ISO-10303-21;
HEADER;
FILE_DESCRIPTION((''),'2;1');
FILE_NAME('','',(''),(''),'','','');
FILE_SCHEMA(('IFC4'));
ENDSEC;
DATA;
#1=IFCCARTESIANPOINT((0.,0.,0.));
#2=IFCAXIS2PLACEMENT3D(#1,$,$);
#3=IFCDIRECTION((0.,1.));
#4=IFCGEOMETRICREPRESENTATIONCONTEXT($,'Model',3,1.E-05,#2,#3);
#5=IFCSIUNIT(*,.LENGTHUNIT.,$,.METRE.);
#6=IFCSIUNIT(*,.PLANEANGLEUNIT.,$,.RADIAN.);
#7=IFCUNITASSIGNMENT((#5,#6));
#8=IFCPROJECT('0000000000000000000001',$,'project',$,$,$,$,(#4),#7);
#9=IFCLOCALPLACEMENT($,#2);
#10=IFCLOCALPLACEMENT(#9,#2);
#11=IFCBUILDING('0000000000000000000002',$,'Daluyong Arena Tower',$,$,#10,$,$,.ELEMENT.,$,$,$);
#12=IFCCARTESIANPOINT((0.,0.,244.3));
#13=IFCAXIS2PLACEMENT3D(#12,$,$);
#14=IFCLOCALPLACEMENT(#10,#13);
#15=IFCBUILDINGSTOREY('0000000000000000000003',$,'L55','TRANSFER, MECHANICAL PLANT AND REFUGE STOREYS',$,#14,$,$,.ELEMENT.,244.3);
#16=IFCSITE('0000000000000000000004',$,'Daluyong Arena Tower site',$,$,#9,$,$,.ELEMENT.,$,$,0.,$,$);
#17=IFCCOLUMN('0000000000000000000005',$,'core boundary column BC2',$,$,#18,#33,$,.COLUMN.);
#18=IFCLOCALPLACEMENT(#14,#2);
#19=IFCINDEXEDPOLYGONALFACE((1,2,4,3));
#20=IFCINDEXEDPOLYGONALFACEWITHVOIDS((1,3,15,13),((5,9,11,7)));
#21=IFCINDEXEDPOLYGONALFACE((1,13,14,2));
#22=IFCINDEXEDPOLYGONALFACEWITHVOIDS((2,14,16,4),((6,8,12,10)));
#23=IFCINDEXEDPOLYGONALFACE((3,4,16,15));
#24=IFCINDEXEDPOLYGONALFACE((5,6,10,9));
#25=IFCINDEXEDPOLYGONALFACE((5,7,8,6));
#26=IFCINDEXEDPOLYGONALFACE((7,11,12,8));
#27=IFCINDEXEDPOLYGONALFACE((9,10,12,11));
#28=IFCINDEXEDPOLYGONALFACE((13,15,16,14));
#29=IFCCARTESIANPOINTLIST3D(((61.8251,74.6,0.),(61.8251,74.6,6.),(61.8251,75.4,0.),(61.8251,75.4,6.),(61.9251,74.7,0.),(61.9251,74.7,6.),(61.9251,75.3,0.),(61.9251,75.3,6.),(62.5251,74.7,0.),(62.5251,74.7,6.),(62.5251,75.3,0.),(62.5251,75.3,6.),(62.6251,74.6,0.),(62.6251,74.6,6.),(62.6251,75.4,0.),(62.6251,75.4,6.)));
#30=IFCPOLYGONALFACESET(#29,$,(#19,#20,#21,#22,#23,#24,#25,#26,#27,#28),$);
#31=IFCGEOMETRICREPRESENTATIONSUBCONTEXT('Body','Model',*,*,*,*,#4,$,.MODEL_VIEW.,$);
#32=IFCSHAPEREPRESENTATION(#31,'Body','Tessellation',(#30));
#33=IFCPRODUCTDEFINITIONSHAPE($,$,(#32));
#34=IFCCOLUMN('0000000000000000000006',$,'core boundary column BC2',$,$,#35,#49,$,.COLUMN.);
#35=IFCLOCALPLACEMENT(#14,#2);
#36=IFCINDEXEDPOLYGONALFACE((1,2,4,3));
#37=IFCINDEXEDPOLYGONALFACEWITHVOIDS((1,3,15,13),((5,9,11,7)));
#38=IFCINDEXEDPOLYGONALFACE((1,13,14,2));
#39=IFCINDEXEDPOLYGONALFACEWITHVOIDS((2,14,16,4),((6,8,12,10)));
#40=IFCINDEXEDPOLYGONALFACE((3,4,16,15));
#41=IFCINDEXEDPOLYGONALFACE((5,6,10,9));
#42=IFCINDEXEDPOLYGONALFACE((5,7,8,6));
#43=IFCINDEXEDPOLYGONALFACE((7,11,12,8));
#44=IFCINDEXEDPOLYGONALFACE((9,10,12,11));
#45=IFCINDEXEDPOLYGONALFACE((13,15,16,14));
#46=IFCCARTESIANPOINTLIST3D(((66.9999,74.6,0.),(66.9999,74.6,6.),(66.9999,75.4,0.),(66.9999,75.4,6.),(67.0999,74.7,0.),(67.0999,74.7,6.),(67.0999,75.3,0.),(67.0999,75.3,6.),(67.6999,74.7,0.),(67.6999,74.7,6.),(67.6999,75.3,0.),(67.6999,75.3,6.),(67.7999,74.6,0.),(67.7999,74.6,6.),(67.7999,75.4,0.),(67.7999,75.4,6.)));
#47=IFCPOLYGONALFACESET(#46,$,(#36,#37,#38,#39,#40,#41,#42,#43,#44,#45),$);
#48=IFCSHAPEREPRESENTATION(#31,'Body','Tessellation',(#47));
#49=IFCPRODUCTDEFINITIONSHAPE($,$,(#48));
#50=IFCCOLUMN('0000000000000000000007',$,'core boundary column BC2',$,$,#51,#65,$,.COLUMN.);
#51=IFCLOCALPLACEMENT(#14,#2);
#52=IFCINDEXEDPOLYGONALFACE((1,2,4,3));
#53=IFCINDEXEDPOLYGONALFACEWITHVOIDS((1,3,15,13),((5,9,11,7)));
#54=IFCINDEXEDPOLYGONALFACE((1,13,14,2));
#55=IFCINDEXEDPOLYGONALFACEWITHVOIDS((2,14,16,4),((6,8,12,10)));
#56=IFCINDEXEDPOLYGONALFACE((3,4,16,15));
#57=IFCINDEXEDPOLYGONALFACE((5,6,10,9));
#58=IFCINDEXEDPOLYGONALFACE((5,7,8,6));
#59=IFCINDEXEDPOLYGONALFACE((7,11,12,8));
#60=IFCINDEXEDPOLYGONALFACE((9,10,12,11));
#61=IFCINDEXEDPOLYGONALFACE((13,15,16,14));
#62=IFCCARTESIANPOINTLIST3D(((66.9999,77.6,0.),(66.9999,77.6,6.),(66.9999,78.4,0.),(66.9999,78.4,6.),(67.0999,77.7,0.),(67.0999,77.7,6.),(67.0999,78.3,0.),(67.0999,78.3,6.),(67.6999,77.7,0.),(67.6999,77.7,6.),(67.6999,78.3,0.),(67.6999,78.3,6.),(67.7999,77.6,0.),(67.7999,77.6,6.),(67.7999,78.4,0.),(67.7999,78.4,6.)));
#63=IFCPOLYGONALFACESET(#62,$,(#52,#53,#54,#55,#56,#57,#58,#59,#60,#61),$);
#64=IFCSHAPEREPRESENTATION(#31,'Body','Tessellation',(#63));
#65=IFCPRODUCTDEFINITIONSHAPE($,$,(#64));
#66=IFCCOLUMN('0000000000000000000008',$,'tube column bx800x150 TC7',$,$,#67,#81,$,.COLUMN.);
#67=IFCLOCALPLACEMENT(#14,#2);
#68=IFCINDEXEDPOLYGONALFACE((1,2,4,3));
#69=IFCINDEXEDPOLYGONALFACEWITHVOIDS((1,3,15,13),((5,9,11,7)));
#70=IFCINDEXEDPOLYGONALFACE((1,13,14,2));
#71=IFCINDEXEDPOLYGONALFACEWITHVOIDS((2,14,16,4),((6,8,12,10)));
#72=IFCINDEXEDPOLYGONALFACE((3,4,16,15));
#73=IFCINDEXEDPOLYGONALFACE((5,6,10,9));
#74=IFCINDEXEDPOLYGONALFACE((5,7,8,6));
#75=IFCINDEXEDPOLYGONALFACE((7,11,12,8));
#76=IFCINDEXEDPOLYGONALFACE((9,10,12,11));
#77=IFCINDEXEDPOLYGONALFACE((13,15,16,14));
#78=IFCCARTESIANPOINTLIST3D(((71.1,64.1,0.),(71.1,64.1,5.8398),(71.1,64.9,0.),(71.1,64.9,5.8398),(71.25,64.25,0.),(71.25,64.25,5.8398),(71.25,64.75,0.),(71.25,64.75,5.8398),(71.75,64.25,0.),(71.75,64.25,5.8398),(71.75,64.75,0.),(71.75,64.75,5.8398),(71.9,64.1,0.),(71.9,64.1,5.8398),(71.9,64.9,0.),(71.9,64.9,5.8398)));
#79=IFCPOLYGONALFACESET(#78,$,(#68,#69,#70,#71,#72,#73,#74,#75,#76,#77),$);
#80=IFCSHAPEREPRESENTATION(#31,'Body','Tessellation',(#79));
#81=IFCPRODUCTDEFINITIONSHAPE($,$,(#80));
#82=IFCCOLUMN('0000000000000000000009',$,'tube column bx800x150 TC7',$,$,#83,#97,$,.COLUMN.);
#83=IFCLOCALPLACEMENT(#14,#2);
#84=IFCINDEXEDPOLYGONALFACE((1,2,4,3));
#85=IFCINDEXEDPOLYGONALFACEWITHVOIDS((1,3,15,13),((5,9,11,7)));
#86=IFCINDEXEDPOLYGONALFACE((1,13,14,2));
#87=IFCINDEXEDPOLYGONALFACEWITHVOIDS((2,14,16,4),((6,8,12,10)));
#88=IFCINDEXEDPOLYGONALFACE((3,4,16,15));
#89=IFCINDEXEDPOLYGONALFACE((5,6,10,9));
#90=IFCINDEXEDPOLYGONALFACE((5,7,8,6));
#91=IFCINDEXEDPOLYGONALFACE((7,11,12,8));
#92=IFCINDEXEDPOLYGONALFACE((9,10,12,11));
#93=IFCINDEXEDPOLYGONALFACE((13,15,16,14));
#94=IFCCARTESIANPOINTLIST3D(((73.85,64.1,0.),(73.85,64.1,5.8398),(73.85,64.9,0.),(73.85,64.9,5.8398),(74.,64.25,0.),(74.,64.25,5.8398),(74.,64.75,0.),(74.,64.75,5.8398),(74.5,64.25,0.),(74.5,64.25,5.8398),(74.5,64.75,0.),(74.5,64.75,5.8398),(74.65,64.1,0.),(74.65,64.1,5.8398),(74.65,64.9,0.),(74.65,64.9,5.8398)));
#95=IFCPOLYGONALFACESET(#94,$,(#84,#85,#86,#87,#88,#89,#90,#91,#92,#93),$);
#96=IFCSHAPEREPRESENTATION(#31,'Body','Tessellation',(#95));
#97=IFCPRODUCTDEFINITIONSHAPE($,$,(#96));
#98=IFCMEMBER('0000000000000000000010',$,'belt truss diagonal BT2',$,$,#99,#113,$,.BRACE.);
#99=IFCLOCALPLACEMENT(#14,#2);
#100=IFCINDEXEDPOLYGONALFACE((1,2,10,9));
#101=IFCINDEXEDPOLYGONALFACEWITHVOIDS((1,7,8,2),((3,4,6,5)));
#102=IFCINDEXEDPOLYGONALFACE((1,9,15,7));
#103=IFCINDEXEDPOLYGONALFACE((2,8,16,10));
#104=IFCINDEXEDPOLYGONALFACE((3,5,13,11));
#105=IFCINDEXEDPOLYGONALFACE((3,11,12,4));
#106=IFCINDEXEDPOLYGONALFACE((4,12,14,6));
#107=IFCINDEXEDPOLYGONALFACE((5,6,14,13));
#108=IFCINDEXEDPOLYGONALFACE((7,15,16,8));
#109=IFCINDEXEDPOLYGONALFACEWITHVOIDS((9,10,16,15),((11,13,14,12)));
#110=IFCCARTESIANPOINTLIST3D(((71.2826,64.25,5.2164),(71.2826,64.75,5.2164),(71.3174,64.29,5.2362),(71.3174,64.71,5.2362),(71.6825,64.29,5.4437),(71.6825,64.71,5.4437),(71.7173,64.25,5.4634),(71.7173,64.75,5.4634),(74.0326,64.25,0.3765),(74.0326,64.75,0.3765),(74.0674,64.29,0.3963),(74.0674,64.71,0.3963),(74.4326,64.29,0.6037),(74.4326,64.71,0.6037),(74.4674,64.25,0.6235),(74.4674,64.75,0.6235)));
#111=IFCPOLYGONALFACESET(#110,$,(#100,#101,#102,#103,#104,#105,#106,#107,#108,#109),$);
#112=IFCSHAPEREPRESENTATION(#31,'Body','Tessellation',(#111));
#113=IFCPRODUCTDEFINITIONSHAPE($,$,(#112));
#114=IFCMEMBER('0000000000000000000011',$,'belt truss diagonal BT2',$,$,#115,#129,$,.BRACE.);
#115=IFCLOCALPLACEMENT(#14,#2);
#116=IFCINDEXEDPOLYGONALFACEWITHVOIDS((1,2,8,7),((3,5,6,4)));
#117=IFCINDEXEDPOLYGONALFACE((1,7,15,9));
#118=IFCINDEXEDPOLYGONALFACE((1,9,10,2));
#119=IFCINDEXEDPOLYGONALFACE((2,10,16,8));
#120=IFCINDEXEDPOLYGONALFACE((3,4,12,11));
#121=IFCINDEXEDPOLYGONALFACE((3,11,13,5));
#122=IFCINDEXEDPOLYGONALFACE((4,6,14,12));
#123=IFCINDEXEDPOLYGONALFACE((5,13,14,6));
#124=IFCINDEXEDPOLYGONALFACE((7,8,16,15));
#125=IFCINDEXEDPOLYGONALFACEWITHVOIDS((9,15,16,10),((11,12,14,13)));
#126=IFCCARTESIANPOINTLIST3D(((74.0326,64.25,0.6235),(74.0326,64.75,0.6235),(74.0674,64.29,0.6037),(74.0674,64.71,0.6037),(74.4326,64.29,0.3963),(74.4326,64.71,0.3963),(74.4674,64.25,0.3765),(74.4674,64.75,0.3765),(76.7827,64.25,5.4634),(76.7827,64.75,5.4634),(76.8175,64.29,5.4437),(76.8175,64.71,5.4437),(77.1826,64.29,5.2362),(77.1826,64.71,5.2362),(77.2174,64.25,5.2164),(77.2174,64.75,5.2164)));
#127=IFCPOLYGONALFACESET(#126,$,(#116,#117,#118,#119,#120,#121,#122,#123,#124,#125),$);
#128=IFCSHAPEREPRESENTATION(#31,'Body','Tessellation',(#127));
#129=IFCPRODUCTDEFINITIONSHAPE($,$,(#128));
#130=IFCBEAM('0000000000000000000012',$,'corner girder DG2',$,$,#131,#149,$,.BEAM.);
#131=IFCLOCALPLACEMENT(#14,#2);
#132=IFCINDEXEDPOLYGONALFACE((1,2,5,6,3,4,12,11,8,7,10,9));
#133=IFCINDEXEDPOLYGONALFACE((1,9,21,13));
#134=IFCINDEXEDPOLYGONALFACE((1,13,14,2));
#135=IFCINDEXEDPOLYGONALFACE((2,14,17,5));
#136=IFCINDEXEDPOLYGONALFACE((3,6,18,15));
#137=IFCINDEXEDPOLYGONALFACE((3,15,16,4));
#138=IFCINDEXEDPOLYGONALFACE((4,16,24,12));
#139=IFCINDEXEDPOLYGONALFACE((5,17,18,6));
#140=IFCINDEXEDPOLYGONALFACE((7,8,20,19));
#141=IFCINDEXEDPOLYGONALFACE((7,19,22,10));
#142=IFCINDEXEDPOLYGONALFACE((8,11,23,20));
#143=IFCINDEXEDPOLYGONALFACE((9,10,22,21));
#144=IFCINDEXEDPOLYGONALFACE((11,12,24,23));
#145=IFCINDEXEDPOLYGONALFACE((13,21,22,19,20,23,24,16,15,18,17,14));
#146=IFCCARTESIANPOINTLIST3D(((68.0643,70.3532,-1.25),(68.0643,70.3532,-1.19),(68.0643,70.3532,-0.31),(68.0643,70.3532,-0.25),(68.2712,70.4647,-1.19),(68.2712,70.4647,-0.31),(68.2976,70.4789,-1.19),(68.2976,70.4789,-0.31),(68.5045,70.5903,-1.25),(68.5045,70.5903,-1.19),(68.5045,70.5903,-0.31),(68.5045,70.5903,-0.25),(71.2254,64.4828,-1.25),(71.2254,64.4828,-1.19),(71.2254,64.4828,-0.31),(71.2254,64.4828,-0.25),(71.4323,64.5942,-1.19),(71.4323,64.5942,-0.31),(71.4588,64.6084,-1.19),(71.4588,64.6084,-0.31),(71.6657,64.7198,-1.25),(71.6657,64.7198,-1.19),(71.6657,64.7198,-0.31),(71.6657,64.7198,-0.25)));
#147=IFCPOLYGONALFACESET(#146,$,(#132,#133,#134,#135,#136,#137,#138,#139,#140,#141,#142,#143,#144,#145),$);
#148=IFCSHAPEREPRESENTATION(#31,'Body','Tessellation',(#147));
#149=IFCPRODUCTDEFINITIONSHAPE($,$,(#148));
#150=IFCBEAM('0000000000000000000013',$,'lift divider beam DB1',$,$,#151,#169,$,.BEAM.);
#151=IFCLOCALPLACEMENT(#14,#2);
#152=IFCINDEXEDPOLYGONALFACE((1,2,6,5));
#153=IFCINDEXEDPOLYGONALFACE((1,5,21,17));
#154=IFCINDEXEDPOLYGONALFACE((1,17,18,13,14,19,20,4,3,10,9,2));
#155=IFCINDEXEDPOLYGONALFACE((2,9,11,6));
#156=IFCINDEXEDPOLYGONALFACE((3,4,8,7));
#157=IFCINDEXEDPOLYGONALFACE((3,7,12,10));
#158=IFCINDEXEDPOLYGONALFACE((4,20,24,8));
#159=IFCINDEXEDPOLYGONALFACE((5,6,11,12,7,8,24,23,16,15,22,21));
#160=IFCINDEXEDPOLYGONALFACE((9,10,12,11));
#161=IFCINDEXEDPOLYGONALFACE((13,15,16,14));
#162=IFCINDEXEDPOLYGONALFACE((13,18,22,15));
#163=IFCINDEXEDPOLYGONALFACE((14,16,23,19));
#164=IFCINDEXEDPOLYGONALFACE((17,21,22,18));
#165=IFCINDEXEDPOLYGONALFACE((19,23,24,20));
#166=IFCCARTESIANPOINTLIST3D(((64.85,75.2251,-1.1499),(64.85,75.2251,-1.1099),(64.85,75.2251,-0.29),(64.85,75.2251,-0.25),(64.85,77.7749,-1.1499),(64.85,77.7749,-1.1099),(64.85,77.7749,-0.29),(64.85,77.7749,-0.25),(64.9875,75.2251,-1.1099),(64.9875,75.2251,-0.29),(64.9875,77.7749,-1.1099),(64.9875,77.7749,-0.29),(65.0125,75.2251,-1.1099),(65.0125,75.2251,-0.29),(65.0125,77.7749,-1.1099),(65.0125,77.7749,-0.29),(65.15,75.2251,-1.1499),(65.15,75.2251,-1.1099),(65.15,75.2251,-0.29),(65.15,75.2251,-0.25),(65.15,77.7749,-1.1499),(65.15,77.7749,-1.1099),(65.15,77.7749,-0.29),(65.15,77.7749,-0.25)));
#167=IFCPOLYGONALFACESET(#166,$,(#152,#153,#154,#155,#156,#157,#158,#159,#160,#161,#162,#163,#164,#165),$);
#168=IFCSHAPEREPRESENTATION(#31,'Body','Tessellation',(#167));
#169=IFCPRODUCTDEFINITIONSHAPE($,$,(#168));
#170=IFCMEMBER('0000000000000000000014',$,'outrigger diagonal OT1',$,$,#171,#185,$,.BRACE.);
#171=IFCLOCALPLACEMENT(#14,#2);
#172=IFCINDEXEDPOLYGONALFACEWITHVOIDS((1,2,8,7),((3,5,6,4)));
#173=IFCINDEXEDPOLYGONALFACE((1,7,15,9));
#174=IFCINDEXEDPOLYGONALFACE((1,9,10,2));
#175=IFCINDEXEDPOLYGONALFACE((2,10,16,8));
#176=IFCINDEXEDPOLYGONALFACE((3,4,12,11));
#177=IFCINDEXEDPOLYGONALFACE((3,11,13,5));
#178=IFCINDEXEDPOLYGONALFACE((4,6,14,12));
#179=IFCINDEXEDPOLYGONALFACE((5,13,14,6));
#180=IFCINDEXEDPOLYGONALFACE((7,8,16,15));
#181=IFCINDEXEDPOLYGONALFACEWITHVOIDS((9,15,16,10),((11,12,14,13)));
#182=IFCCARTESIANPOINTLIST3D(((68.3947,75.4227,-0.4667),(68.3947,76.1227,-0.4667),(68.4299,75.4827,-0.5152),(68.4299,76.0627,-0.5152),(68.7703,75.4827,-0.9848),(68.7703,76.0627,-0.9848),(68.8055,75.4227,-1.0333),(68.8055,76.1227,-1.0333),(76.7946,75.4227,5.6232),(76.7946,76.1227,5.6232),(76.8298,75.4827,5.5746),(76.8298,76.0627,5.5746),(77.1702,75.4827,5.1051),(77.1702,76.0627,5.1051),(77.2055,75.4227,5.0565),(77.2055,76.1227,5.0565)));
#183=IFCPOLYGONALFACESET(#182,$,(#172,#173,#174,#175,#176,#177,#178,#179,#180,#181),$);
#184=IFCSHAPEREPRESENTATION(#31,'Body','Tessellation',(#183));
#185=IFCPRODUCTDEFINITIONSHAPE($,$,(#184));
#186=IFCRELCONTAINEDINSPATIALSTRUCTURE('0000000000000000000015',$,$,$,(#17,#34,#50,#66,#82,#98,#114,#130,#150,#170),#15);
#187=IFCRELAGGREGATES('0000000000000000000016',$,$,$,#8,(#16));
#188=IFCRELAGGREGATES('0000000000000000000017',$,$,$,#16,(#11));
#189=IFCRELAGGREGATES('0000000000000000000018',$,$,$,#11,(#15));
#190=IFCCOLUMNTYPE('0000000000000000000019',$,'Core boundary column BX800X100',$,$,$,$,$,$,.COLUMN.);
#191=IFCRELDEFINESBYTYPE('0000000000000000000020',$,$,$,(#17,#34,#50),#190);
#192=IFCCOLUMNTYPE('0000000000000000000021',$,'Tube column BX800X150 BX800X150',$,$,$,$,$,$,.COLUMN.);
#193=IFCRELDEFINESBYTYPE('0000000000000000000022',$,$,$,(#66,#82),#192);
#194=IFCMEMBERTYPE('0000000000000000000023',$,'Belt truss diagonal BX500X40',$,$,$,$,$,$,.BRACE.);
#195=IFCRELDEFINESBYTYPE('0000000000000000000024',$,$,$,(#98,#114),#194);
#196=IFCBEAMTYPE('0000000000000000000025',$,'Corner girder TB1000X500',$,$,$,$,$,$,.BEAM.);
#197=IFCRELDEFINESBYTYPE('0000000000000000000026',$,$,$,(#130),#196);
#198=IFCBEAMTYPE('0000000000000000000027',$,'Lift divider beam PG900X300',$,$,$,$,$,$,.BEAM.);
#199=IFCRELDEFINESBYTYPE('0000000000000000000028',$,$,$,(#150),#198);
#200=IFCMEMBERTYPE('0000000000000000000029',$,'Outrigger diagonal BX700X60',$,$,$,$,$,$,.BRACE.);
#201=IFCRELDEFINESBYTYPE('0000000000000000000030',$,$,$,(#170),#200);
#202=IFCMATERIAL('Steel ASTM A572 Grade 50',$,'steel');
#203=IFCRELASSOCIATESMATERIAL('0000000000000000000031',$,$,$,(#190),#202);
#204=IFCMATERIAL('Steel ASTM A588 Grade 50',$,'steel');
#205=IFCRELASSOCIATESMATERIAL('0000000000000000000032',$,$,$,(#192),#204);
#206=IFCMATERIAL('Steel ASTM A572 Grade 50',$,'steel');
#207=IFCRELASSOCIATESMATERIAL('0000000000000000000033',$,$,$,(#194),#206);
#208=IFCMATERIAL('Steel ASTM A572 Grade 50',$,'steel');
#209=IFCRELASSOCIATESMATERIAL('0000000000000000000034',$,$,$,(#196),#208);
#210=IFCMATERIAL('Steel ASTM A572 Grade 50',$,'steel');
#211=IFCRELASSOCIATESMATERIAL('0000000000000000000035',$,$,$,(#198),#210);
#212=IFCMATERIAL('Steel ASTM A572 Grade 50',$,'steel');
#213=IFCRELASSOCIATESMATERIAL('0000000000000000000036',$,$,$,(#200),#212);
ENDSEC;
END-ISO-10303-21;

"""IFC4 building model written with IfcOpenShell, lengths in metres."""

from ifc_helpers import new_model, si_unit, direction, frame, origin, origin_2d, place, context, subcontext, project, spatial, hollow_rectangle, i_section, extrude, material, material_profile, profile_set, type_object, element, save


model = new_model("IFC4")

# Units and contexts
model_context = context("Model", 3, precision=1e-05, world=origin(), true_north=direction((0.0, 1.0)))
body_context = subcontext(model_context, "Body", "Model", "MODEL_VIEW")
ifc_project = project(units=[si_unit("LENGTHUNIT", "METRE"), si_unit("PLANEANGLEUNIT", "RADIAN")], contexts=[model_context])

# Site, building, storey
site_placement = place(None, origin())
site = spatial("IfcSite", under=ifc_project, at=site_placement, Name="Daluyong Arena Tower site", CompositionType="ELEMENT", RefElevation=0.0)
building_placement = place(site_placement, origin())
building = spatial("IfcBuilding", under=site, at=building_placement, Name="Daluyong Arena Tower", CompositionType="ELEMENT")
storey_placement = place(building_placement, frame((0.0, 0.0, 244.3)))
storey = spatial("IfcBuildingStorey", under=building, at=storey_placement, Name="L55", Description="TRANSFER, MECHANICAL PLANT AND REFUGE STOREYS", CompositionType="ELEMENT", Elevation=244.3)

# Columns
ifc_material_1 = material(Name="Steel ASTM A572 Grade 50", Category="steel")
ifc_material_profile_1 = material_profile(ifc_material_1, hollow_rectangle(XDim=0.8, YDim=0.8, WallThickness=0.1, at=origin_2d()))
ifc_profile_set_1 = profile_set([ifc_material_profile_1], Name="Steel ASTM A572 Grade 50")
column_type_1 = type_object("IfcColumnType", Name="Core boundary column BX800X100", PredefinedType="COLUMN", material=ifc_profile_set_1)
for number, where, z_axis, x_axis, name in (
    (1, (62.2251, 75.0, 0.0), (0.0, 0.0, 1.0), (1.0, 0.0, 0.0), "core boundary column BC2"),
    (2, (67.3999, 75.0, 0.0), (0.0, 0.0, 1.0), (1.0, 0.0, 0.0), "core boundary column BC2"),
    (3, (67.3999, 78.0, 0.0), (0.0, 0.0, 1.0), (1.0, 0.0, 0.0), "core boundary column BC2"),
):
    element("IfcColumn", number, at=place(storey_placement, frame(where, z_axis=z_axis, x_axis=x_axis)), inside=storey, type_object=column_type_1, Name=name, PredefinedType="COLUMN", context=body_context, shape_type="SweptSolid", body=[
        extrude(hollow_rectangle(XDim=0.8, YDim=0.8, WallThickness=0.1, at=origin_2d()), origin(), (0.0, 0.0, 1.0), 6.0),
    ])
ifc_material_2 = material(Name="Steel ASTM A588 Grade 50", Category="steel")
ifc_material_profile_2 = material_profile(ifc_material_2, hollow_rectangle(XDim=0.8, YDim=0.8, WallThickness=0.15, at=origin_2d()))
ifc_profile_set_2 = profile_set([ifc_material_profile_2], Name="Steel ASTM A588 Grade 50")
column_type_2 = type_object("IfcColumnType", Name="Tube column BX800X150 BX800X150", PredefinedType="COLUMN", material=ifc_profile_set_2)
for number, where, z_axis, x_axis, name in (
    (4, (71.5, 64.5, 0.0), (0.0, 0.0, 1.0), (1.0, 0.0, 0.0), "tube column bx800x150 TC7"),
    (5, (74.25, 64.5, 0.0), (0.0, 0.0, 1.0), (1.0, 0.0, 0.0), "tube column bx800x150 TC7"),
):
    element("IfcColumn", number, at=place(storey_placement, frame(where, z_axis=z_axis, x_axis=x_axis)), inside=storey, type_object=column_type_2, Name=name, PredefinedType="COLUMN", context=body_context, shape_type="SweptSolid", body=[
        extrude(hollow_rectangle(XDim=0.8, YDim=0.8, WallThickness=0.15, at=origin_2d()), origin(), (0.0, 0.0, 1.0), 5.8398),
    ])

# Members
ifc_material_3 = material(Name="Steel ASTM A572 Grade 50", Category="steel")
ifc_material_profile_3 = material_profile(ifc_material_3, hollow_rectangle(XDim=0.5, YDim=0.5, WallThickness=0.04, at=origin_2d()))
ifc_profile_set_3 = profile_set([ifc_material_profile_3], Name="Steel ASTM A572 Grade 50")
member_type_1 = type_object("IfcMemberType", Name="Belt truss diagonal BX500X40", PredefinedType="BRACE", material=ifc_profile_set_3)
for number, where, z_axis, x_axis, name in (
    (6, (74.25, 64.5, 0.5), (-0.494021, 0.0, 0.86945), (0.0, -1.0, 0.0), "belt truss diagonal BT2"),
    (7, (74.25, 64.5, 0.5), (0.494021, 0.0, 0.86945), (0.0, 1.0, 0.0), "belt truss diagonal BT2"),
):
    element("IfcMember", number, at=place(storey_placement, frame(where, z_axis=z_axis, x_axis=x_axis)), inside=storey, type_object=member_type_1, Name=name, PredefinedType="BRACE", context=body_context, shape_type="SweptSolid", body=[
        extrude(hollow_rectangle(XDim=0.5, YDim=0.5, WallThickness=0.04, at=origin_2d()), origin(), (0.0, 0.0, 1.0), 5.5667),
    ])

# Beams
ifc_material_4 = material(Name="Steel ASTM A572 Grade 50", Category="steel")
ifc_material_profile_4 = material_profile(ifc_material_4, i_section(OverallWidth=0.5, OverallDepth=1.0, WebThickness=0.03, FlangeThickness=0.06, at=origin_2d()))
ifc_profile_set_4 = profile_set([ifc_material_profile_4], Name="Steel ASTM A572 Grade 50")
beam_type_1 = type_object("IfcBeamType", Name="Corner girder TB1000X500", PredefinedType="BEAM", material=ifc_profile_set_4)
beam_1_placement = place(storey_placement, frame((71.4456, 64.6013, -0.75), z_axis=(-0.474119, 0.880461, 0.0), x_axis=(-0.880461, -0.474119, 0.0)))
element("IfcBeam", 8, at=beam_1_placement, inside=storey, type_object=beam_type_1, Name="corner girder DG2", PredefinedType="BEAM", context=body_context, shape_type="SweptSolid", body=[
    extrude(i_section(OverallWidth=0.5, OverallDepth=1.0, WebThickness=0.03, FlangeThickness=0.06, at=origin_2d()), origin(), (0.0, 0.0, 1.0), 6.6675),
])
ifc_material_5 = material(Name="Steel ASTM A572 Grade 50", Category="steel")
ifc_material_profile_5 = material_profile(ifc_material_5, i_section(OverallWidth=0.3, OverallDepth=0.8999, WebThickness=0.025, FlangeThickness=0.04, at=origin_2d()))
ifc_profile_set_5 = profile_set([ifc_material_profile_5], Name="Steel ASTM A572 Grade 50")
beam_type_2 = type_object("IfcBeamType", Name="Lift divider beam PG900X300", PredefinedType="BEAM", material=ifc_profile_set_5)
beam_2_placement = place(storey_placement, frame((65.0, 75.2251, -0.7), z_axis=(0.0, 1.0, 0.0), x_axis=(-1.0, 0.0, 0.0)))
element("IfcBeam", 9, at=beam_2_placement, inside=storey, type_object=beam_type_2, Name="lift divider beam DB1", PredefinedType="BEAM", context=body_context, shape_type="SweptSolid", body=[
    extrude(i_section(OverallWidth=0.3, OverallDepth=0.8999, WebThickness=0.025, FlangeThickness=0.04, at=origin_2d()), origin(), (0.0, 0.0, 1.0), 2.5498),
])

# Member
ifc_material_6 = material(Name="Steel ASTM A572 Grade 50", Category="steel")
ifc_material_profile_6 = material_profile(ifc_material_6, hollow_rectangle(XDim=0.7, YDim=0.7, WallThickness=0.06, at=origin_2d()))
ifc_profile_set_6 = profile_set([ifc_material_profile_6], Name="Steel ASTM A572 Grade 50")
member_type_2 = type_object("IfcMemberType", Name="Outrigger diagonal BX700X60", PredefinedType="BRACE", material=ifc_profile_set_6)
member_placement = place(storey_placement, frame((68.6001, 75.7727, -0.75), z_axis=(0.809614, 0.0, 0.586962), x_axis=(0.0, 1.0, 0.0)))
element("IfcMember", 10, at=member_placement, inside=storey, type_object=member_type_2, Name="outrigger diagonal OT1", PredefinedType="BRACE", context=body_context, shape_type="SweptSolid", body=[
    extrude(hollow_rectangle(XDim=0.7, YDim=0.7, WallThickness=0.06, at=origin_2d()), origin(), (0.0, 0.0, 1.0), 10.3752),
])

save(model, "model.ifc")
